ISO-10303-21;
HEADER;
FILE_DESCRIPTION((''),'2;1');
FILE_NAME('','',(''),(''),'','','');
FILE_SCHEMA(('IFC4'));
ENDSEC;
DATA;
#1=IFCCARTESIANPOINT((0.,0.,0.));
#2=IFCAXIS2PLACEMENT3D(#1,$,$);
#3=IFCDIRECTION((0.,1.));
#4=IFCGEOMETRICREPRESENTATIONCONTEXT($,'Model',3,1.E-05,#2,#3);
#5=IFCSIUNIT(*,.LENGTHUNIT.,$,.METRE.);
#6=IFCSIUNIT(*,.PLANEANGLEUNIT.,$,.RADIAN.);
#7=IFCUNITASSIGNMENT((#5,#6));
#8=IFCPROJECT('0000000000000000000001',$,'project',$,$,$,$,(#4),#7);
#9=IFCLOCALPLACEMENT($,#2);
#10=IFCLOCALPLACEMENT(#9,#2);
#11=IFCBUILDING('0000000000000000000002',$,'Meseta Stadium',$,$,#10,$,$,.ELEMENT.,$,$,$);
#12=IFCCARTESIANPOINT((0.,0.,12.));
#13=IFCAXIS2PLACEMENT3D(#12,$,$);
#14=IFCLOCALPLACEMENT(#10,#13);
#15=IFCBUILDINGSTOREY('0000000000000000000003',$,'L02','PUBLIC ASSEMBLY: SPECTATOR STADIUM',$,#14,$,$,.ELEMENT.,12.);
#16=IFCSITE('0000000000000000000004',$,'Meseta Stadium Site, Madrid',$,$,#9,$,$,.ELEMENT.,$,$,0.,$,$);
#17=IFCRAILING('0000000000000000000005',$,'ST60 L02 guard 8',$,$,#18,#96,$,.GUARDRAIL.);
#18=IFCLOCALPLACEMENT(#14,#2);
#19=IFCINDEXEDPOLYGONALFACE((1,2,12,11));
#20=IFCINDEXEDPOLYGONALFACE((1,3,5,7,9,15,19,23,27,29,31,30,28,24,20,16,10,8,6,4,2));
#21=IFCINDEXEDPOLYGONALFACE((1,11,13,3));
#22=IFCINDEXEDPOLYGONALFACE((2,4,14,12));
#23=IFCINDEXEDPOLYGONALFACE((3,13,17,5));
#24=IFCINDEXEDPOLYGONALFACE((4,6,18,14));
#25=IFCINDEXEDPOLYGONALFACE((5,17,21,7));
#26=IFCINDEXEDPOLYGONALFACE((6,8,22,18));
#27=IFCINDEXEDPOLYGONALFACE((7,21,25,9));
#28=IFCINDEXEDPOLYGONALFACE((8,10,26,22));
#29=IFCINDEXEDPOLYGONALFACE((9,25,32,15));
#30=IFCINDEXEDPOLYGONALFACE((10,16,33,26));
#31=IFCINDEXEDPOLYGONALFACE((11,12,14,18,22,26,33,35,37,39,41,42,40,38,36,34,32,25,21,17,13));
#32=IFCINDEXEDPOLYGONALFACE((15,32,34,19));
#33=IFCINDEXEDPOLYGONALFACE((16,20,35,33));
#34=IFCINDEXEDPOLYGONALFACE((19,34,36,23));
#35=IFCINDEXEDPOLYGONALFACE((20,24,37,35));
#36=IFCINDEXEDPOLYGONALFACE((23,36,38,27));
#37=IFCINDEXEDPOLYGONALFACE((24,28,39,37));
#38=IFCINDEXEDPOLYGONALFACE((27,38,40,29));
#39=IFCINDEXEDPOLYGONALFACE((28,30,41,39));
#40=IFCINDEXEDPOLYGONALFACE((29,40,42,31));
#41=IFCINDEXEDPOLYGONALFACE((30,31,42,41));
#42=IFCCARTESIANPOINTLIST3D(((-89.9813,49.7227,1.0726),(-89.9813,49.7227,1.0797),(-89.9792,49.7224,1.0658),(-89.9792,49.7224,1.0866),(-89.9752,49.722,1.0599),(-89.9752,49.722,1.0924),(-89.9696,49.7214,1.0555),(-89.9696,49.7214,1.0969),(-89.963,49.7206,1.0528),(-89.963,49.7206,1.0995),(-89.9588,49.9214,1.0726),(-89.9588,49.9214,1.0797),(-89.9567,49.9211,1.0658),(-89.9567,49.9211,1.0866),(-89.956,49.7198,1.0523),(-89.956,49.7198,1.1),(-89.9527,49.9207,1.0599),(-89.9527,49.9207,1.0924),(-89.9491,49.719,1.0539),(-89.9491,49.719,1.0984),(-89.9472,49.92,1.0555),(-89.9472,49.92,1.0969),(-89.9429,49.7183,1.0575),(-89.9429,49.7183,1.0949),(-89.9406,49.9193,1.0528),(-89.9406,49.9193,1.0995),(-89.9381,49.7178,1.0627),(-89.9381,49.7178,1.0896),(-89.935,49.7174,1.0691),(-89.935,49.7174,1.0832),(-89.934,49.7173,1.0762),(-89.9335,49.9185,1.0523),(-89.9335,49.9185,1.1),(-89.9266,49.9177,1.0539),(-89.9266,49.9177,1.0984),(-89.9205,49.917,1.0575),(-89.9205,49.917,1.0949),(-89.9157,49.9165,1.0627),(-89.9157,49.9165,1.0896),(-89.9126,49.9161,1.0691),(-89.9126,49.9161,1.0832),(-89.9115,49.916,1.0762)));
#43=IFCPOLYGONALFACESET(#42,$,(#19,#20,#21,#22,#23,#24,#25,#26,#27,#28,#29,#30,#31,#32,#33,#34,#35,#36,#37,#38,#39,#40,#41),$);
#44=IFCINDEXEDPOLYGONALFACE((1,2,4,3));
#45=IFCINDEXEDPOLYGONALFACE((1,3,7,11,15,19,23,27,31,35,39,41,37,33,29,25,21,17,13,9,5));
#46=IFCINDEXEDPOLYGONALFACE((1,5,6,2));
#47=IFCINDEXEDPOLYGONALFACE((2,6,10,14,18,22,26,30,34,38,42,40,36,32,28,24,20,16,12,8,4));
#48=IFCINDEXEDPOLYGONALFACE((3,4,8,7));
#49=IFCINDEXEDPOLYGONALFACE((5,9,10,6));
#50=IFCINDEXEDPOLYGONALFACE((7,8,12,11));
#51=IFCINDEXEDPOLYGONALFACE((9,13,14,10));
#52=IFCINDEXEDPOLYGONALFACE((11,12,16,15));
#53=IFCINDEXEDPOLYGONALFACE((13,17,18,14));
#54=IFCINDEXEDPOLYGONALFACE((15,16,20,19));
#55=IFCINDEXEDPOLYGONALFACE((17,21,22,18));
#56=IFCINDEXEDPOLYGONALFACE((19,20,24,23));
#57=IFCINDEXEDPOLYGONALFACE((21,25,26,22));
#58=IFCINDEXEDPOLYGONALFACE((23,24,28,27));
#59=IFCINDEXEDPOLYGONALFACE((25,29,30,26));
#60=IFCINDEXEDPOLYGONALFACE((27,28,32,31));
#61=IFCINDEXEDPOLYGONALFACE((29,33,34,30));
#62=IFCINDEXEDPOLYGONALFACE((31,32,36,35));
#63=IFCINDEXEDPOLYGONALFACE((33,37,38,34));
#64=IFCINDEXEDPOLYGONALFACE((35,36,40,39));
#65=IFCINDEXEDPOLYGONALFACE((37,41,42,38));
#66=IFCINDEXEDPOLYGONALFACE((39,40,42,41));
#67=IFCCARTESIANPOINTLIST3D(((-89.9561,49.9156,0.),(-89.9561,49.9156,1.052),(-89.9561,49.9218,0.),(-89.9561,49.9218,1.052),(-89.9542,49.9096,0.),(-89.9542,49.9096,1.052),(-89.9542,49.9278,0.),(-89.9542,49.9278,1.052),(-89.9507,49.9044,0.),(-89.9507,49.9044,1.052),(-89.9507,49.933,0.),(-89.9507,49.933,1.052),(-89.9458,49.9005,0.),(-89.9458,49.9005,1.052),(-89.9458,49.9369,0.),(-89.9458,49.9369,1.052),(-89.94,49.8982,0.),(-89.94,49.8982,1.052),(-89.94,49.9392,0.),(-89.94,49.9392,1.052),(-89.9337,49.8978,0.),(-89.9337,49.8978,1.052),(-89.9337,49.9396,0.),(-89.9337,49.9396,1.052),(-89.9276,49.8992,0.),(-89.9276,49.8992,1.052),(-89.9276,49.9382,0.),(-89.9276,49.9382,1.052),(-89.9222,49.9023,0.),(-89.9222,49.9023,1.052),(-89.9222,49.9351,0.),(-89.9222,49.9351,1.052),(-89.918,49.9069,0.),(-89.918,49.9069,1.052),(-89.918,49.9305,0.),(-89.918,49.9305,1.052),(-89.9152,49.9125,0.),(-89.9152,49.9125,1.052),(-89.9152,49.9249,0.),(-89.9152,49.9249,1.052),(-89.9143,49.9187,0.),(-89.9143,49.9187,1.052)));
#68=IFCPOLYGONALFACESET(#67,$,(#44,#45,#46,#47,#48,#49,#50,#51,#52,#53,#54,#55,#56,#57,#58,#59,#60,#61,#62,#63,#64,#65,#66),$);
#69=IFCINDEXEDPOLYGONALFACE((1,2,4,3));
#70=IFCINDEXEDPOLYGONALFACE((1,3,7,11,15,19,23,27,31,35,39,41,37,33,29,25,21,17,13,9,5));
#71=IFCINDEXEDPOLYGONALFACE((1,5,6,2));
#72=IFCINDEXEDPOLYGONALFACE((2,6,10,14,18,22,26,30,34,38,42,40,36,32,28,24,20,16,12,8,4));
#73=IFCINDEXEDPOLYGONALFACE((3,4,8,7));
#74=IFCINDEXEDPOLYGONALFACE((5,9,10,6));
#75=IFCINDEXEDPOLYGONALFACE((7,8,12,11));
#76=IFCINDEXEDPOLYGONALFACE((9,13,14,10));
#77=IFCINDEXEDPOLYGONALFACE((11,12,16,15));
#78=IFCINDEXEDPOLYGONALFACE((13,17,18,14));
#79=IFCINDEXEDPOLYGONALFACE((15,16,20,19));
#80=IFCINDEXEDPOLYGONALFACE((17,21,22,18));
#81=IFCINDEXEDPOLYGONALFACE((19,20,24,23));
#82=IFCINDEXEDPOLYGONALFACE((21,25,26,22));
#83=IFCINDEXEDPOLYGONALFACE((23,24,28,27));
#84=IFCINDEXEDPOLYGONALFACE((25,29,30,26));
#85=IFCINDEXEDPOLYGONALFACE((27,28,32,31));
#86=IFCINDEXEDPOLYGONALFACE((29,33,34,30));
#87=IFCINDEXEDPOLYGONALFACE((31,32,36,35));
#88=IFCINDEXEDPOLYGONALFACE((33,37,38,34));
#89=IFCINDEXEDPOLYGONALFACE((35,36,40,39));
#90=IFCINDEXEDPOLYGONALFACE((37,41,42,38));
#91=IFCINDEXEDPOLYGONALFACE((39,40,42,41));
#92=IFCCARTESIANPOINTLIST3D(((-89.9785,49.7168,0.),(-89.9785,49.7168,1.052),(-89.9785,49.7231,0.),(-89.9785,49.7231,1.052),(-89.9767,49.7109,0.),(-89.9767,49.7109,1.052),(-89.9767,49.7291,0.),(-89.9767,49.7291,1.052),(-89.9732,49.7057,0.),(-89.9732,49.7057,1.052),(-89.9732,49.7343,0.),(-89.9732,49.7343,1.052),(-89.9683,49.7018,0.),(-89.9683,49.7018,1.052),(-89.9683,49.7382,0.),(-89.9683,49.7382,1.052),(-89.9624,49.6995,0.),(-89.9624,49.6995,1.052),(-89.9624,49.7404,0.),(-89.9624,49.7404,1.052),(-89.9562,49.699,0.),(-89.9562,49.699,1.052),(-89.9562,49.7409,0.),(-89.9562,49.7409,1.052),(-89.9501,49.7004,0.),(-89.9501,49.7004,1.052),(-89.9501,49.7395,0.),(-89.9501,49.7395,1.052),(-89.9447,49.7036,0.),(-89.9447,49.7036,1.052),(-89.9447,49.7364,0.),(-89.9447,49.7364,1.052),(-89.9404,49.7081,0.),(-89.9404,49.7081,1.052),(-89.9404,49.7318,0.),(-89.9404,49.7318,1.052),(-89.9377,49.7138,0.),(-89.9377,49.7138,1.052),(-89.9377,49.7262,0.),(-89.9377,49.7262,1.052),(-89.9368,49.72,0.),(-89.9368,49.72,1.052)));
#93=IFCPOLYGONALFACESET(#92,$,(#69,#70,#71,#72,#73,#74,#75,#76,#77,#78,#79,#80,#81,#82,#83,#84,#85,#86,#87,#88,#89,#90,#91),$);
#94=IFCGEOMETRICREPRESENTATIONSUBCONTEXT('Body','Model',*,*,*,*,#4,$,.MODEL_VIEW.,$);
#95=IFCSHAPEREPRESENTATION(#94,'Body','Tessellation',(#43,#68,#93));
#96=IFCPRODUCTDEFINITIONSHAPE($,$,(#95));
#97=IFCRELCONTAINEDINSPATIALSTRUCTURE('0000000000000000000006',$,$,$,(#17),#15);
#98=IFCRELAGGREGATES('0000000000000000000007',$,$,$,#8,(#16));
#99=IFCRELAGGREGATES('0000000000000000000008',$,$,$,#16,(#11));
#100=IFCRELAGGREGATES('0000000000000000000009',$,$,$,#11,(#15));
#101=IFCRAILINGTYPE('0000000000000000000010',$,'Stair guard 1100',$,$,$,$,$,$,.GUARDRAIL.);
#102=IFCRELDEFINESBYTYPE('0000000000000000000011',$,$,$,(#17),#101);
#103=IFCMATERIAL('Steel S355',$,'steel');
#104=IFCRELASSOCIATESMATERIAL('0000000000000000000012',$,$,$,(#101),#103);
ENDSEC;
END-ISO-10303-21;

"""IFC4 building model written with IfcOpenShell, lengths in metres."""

from ifc_helpers import new_model, si_unit, direction, frame, origin, origin_2d, place, context, subcontext, project, spatial, circle, extrude, material, type_object, element, save


model = new_model("IFC4")

# Units and contexts
model_context = context("Model", 3, precision=1e-05, world=origin(), true_north=direction((0.0, 1.0)))
body_context = subcontext(model_context, "Body", "Model", "MODEL_VIEW")
ifc_project = project(units=[si_unit("LENGTHUNIT", "METRE"), si_unit("PLANEANGLEUNIT", "RADIAN")], contexts=[model_context])

# Site, building, storey
site_placement = place(None, origin())
site = spatial("IfcSite", under=ifc_project, at=site_placement, Name="Meseta Stadium Site, Madrid", CompositionType="ELEMENT", RefElevation=0.0)
building_placement = place(site_placement, origin())
building = spatial("IfcBuilding", under=site, at=building_placement, Name="Meseta Stadium", CompositionType="ELEMENT")
storey_placement = place(building_placement, frame((0.0, 0.0, 12.0)))
storey = spatial("IfcBuildingStorey", under=building, at=storey_placement, Name="L02", Description="PUBLIC ASSEMBLY: SPECTATOR STADIUM", CompositionType="ELEMENT", Elevation=12.0)

# Railing
ifc_material_1 = material(Name="Steel S355", Category="steel")
railing_type_1 = type_object("IfcRailingType", Name="Stair guard 1100", PredefinedType="GUARDRAIL", material=ifc_material_1)
railing_1_placement = place(storey_placement, frame((-89.9353, 49.9187, 0.0)))
element("IfcRailing", 1, at=railing_1_placement, inside=storey, type_object=railing_type_1, Name="ST60 L02 guard 8", PredefinedType="GUARDRAIL", context=body_context, shape_type="SweptSolid", body=[
    extrude(circle(Radius=0.0239, at=origin_2d()), frame((0.0, 0.0, 1.0762), z_axis=(-0.112307, -0.993674, 0.0), x_axis=(0.993674, -0.112307, 0.0)), (0.0, 0.0, 1.0), 0.2),
    extrude(circle(Radius=0.021, at=origin_2d()), origin(), (0.0, 0.0, 1.0), 1.052),
    extrude(circle(Radius=0.021, at=origin_2d()), frame((-0.0225, -0.1987, 0.0)), (0.0, 0.0, 1.0), 1.052),
])

save(model, "model.ifc")
